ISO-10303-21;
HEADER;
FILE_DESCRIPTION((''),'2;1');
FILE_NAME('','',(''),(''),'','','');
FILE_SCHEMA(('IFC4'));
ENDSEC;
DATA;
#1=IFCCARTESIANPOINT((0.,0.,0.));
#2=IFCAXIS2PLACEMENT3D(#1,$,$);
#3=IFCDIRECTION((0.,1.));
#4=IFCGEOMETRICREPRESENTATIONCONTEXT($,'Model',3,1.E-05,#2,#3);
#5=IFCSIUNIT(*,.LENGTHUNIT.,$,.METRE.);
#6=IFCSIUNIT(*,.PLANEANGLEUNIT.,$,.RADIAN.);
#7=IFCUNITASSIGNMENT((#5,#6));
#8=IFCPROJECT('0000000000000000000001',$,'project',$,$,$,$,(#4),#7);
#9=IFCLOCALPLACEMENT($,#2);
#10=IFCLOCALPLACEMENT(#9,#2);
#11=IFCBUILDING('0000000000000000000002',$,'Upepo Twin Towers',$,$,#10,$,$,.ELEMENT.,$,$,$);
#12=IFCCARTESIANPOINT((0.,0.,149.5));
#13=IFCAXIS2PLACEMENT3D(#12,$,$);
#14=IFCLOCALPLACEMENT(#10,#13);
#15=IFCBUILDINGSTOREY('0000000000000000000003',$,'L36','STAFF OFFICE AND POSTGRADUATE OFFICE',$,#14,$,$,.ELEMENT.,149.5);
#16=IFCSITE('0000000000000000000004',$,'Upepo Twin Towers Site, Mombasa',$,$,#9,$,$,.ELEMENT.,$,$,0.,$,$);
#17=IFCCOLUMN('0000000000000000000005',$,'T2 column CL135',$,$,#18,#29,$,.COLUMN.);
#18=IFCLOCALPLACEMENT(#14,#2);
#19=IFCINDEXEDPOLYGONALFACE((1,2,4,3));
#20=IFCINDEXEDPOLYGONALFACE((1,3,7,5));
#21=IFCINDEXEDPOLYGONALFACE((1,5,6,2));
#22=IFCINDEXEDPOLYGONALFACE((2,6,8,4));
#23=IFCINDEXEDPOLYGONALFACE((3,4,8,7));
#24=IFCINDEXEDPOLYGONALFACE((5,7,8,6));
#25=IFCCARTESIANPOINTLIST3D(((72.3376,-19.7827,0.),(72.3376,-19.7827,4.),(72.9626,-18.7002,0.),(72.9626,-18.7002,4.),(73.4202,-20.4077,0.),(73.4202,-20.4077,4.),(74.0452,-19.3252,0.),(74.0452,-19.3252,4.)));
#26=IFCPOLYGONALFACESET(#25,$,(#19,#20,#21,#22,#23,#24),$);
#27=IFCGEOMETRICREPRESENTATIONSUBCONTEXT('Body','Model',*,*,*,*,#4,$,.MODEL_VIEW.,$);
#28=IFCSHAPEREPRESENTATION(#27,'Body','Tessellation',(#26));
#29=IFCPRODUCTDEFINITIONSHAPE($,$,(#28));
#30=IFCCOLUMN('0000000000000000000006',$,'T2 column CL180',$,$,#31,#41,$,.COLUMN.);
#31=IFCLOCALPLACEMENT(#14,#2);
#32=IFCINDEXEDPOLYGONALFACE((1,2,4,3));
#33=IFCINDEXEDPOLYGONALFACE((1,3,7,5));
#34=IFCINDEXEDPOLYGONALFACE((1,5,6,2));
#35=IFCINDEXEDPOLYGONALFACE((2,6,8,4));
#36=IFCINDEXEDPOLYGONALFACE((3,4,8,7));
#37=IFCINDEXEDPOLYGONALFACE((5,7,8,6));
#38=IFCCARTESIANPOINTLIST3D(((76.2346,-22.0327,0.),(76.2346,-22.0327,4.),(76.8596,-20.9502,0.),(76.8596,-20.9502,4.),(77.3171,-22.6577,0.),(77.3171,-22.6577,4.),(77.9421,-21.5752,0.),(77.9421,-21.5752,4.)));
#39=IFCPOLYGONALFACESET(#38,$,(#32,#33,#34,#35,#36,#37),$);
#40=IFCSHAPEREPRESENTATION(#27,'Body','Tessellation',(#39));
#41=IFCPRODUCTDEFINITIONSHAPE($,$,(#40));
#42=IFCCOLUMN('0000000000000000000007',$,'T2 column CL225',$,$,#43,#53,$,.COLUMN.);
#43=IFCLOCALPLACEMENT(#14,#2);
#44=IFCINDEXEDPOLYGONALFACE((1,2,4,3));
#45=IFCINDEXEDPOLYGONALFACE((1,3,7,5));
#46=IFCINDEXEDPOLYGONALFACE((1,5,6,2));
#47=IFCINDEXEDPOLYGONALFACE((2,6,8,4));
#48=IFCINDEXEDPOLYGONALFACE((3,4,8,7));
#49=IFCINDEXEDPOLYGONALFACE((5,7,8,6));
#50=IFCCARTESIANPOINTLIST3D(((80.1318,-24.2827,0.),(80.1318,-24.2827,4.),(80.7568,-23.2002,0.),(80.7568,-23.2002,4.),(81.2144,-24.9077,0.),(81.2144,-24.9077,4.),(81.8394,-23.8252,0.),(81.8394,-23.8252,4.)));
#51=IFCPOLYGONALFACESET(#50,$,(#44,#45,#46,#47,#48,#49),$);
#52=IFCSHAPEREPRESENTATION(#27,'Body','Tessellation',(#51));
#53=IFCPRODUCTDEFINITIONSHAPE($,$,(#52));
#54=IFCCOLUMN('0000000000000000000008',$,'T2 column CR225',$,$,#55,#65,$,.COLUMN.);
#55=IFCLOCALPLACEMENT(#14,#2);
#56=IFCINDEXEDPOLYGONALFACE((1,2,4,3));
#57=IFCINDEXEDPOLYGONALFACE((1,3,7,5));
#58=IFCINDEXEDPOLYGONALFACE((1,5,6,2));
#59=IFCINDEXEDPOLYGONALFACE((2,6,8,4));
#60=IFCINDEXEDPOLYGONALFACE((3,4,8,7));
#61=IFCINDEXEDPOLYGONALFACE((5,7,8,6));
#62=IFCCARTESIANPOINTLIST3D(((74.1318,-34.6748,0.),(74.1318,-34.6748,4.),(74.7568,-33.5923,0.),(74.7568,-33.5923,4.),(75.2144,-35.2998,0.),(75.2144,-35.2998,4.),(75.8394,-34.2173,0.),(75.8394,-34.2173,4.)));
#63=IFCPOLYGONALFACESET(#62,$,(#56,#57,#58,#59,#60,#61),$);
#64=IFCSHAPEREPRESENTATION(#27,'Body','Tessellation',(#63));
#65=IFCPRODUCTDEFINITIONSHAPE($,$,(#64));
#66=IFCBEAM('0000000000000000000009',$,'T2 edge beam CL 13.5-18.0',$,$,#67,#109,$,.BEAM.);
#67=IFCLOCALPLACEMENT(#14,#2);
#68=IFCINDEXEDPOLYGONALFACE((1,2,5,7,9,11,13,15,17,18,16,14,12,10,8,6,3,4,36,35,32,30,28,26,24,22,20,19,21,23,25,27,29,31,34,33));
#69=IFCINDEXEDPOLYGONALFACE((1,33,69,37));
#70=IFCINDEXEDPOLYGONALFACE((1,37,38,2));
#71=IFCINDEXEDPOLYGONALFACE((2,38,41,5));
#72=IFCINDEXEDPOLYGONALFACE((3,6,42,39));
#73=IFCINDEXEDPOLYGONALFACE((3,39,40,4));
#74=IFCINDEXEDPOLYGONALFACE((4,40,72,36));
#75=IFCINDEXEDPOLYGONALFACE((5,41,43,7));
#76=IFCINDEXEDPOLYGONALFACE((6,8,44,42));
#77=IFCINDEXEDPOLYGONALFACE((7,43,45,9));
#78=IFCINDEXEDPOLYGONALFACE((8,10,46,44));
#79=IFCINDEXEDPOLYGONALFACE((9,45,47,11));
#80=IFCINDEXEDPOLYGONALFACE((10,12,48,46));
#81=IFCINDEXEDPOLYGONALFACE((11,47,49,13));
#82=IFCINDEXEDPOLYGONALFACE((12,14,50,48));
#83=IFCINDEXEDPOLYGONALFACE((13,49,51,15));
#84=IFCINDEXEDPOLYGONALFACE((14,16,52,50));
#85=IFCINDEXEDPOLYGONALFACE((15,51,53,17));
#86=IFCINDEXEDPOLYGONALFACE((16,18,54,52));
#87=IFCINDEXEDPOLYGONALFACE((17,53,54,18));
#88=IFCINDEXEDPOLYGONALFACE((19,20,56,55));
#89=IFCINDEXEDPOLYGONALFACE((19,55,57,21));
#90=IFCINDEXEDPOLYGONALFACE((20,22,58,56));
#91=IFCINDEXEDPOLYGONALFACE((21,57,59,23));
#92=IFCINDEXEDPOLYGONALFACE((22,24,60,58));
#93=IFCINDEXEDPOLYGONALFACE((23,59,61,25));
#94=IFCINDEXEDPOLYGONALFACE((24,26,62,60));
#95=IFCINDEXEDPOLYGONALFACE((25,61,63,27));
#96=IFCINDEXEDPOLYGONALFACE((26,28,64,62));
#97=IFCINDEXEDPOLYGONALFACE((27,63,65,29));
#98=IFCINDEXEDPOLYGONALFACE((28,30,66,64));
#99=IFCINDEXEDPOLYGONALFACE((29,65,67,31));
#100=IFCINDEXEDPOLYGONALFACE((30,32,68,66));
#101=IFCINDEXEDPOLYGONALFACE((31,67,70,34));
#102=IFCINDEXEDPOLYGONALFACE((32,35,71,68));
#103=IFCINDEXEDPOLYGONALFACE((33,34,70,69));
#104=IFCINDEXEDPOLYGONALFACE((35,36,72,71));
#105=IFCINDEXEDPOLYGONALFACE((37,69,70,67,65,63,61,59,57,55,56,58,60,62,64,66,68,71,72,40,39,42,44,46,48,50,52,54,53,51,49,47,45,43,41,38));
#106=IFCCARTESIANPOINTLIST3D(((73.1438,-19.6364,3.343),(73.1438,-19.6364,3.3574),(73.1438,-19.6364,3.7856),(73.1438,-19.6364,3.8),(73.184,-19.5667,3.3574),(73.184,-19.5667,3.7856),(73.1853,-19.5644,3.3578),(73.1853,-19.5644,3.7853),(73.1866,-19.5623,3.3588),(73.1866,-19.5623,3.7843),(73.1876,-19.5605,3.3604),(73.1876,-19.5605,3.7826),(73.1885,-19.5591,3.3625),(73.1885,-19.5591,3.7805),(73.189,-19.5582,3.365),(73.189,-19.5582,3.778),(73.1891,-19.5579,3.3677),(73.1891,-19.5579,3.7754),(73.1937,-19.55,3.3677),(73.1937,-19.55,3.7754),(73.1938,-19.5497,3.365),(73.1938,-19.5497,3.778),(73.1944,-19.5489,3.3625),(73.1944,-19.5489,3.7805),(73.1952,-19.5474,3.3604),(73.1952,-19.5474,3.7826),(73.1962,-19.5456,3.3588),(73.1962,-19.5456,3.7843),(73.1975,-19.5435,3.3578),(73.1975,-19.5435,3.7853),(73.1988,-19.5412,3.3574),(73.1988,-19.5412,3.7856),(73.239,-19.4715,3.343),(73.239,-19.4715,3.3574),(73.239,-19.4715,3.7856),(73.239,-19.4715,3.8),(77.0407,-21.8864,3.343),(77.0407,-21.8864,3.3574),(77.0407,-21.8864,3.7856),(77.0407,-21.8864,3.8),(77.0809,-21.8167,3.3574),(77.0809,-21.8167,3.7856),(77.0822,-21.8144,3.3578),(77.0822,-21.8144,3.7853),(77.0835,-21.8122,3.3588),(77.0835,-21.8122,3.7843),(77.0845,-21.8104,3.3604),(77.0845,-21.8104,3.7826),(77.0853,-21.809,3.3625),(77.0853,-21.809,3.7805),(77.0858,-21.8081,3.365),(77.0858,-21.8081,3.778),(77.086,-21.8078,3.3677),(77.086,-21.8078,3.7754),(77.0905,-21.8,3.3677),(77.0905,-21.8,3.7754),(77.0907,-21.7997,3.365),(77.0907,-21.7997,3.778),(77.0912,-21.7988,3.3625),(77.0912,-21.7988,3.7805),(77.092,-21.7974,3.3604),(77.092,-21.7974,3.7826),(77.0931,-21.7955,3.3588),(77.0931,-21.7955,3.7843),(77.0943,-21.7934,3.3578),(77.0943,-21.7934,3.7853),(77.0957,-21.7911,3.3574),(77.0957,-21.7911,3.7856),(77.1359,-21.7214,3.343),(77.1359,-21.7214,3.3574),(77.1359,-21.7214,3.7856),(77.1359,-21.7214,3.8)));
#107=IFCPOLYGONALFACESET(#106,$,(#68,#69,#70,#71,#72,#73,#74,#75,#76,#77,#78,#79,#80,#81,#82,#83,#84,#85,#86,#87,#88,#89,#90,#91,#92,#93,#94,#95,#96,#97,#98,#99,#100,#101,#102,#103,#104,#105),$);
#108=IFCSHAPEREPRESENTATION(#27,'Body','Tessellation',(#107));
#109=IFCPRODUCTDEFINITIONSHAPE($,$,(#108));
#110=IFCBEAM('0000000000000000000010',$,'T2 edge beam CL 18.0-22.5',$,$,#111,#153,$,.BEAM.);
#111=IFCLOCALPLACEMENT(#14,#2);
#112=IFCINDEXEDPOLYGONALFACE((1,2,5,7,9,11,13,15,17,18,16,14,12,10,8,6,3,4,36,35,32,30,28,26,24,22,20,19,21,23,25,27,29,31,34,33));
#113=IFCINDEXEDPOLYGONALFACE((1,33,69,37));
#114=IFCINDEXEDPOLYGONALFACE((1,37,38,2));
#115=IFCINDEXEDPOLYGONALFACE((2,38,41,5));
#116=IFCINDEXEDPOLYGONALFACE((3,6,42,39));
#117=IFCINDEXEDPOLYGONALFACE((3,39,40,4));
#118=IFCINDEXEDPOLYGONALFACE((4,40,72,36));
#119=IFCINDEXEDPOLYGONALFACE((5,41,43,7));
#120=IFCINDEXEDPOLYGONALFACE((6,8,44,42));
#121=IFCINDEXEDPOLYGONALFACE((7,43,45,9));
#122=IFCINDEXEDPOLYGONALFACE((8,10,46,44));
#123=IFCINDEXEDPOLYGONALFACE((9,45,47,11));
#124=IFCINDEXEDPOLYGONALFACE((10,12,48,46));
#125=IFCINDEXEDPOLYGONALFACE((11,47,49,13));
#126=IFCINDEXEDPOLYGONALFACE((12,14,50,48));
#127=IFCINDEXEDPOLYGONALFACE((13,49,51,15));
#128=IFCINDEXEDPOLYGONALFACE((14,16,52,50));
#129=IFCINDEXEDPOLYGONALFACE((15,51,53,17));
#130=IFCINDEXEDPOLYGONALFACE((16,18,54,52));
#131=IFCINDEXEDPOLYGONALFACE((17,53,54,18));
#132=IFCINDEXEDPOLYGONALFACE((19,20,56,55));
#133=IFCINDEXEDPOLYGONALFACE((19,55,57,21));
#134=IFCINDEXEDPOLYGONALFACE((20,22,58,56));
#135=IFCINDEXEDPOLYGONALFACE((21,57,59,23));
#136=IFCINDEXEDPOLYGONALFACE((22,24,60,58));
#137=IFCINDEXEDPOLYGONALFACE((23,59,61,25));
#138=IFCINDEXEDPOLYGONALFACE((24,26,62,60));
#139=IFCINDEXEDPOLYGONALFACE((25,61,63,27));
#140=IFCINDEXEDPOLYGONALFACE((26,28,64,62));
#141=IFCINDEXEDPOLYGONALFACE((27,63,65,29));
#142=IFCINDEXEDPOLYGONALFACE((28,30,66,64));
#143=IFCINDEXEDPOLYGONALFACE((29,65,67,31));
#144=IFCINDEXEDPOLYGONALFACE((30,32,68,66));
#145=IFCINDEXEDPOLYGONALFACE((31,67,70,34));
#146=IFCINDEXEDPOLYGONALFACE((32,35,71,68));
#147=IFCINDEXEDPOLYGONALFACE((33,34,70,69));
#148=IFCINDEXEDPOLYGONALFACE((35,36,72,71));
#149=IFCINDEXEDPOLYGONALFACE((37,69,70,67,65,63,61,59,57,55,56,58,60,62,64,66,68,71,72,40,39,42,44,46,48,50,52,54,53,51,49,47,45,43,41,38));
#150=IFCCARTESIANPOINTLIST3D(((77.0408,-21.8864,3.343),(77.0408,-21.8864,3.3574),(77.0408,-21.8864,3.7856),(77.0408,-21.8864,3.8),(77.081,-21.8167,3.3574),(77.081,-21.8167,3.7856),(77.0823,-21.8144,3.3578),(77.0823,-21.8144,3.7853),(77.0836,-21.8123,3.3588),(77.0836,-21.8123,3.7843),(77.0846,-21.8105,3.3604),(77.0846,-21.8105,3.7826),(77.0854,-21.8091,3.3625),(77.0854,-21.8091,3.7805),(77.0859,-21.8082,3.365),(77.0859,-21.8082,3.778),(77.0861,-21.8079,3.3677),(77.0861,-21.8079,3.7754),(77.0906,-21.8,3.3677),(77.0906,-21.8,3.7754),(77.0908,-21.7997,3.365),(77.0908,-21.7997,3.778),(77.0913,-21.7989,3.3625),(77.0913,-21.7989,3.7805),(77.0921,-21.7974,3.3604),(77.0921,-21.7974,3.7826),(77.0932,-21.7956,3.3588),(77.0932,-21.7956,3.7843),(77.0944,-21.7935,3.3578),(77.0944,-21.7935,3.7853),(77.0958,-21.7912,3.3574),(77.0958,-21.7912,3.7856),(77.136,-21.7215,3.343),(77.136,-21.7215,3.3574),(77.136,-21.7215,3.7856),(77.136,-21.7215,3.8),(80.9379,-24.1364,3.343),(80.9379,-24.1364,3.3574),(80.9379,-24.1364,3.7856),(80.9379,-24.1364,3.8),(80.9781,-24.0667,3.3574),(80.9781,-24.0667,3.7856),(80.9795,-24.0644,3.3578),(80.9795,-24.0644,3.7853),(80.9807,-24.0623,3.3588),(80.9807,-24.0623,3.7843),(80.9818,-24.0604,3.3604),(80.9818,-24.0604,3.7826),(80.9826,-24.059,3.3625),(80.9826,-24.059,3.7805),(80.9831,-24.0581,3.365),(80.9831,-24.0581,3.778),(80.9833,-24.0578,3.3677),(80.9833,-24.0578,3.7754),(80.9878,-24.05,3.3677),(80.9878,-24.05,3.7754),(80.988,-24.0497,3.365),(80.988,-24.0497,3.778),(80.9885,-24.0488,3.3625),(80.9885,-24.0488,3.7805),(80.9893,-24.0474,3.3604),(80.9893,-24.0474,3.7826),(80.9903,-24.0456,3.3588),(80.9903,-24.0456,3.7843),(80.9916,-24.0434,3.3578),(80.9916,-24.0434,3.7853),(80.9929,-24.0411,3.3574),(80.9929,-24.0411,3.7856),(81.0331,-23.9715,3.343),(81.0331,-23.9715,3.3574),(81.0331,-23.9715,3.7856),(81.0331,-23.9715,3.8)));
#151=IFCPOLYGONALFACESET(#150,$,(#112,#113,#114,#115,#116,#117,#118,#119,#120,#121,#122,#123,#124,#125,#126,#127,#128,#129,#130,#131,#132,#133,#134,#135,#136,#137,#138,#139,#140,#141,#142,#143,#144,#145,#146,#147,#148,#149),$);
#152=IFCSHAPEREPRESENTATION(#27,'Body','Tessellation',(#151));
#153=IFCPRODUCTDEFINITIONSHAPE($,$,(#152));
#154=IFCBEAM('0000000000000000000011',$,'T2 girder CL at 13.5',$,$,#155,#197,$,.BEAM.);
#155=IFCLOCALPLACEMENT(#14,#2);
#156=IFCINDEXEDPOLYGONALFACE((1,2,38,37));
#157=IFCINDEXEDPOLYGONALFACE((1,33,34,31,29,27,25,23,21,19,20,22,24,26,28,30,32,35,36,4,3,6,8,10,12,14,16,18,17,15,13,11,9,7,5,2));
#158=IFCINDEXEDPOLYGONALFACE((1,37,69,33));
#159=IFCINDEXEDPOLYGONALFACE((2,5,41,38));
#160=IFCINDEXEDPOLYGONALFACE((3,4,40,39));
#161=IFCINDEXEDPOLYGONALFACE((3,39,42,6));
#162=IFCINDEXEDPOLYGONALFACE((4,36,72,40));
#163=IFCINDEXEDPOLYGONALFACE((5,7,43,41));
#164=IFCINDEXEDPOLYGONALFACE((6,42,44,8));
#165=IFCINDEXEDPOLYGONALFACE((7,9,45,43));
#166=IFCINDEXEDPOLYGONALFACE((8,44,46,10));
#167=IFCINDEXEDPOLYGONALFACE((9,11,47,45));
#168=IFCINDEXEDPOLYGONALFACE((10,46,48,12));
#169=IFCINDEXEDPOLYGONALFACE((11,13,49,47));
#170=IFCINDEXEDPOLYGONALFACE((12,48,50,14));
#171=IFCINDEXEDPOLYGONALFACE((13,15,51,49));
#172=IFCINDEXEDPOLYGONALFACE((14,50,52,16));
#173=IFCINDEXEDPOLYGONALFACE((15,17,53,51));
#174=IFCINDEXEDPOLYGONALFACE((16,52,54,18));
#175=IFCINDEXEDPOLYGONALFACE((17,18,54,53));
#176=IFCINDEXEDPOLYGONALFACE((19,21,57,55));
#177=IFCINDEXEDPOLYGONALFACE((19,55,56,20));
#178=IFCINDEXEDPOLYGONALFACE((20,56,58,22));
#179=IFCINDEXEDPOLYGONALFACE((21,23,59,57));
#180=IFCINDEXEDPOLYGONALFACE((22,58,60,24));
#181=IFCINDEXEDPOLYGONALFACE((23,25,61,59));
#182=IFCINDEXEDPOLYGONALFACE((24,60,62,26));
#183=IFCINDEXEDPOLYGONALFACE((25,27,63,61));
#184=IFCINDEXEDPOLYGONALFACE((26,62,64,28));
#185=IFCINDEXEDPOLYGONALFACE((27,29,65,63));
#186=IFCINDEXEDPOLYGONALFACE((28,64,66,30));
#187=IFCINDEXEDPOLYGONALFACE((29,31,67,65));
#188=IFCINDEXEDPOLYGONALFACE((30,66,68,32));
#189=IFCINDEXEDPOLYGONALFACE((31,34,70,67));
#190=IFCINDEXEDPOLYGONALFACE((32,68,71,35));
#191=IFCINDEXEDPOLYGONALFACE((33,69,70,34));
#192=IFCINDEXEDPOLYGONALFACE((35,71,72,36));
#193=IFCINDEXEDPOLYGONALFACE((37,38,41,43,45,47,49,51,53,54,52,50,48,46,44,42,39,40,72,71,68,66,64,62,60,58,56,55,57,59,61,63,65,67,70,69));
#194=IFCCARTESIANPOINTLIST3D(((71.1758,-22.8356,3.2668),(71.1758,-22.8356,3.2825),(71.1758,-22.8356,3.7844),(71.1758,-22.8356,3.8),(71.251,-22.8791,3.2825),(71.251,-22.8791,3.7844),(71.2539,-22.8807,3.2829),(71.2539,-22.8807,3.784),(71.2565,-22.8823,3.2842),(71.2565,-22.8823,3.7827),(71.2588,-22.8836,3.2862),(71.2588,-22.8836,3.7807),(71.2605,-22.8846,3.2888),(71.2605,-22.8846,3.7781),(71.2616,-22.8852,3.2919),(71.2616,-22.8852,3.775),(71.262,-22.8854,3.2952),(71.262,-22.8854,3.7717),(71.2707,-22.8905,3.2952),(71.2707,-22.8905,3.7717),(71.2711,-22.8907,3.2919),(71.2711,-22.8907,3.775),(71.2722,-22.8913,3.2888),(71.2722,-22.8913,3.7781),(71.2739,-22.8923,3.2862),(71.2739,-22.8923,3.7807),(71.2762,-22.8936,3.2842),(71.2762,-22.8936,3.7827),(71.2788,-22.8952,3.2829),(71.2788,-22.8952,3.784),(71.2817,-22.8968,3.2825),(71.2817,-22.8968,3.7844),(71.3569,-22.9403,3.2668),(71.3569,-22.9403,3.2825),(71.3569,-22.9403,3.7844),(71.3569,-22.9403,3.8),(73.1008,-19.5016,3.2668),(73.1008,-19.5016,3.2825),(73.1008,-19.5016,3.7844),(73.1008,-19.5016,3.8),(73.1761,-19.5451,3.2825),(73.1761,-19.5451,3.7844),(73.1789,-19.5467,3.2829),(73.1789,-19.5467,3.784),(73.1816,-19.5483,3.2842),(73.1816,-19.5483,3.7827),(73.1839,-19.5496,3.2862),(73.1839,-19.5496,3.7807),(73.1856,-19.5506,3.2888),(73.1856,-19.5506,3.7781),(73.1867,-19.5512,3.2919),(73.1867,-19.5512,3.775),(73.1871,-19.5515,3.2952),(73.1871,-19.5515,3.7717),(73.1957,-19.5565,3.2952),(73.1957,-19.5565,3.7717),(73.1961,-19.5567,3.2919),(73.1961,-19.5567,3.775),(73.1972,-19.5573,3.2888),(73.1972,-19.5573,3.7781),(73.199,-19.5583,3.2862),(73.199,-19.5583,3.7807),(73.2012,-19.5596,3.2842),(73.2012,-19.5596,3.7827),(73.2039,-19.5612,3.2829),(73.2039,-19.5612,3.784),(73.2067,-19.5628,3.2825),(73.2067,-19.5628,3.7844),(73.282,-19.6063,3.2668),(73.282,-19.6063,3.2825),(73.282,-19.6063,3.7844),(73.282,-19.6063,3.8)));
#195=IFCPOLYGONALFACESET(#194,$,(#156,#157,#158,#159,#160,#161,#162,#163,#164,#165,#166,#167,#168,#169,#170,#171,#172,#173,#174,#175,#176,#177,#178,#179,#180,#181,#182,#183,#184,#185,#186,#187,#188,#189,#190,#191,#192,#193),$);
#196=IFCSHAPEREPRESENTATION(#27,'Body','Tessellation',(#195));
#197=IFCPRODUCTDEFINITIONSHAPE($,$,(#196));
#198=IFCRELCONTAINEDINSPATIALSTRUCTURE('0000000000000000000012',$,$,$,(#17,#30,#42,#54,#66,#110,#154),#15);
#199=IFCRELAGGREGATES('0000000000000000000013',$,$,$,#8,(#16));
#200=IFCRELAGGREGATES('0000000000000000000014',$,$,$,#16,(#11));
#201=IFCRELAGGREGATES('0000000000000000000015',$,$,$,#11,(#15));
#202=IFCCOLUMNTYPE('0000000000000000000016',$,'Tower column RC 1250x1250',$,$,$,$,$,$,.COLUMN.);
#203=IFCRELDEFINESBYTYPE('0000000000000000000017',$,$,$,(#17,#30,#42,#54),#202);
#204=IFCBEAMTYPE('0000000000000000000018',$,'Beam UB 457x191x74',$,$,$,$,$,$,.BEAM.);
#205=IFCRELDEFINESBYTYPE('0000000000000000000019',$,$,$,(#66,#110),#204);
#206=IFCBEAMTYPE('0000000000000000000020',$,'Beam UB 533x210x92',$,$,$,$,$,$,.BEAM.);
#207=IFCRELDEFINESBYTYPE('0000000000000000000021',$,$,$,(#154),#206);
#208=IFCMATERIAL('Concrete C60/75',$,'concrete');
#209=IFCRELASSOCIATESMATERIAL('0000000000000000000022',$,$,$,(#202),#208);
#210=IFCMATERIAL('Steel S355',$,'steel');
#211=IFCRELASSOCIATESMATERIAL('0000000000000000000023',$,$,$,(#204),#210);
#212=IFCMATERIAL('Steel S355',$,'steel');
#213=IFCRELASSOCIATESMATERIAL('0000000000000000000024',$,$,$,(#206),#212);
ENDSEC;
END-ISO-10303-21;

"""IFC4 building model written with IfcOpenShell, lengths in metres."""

from ifc_helpers import new_model, si_unit, direction, frame, origin, origin_2d, place, context, subcontext, project, spatial, rectangle, i_section, extrude, material, material_profile, profile_set, type_object, element, save


model = new_model("IFC4")

# Units and contexts
model_context = context("Model", 3, precision=1e-05, world=origin(), true_north=direction((0.0, 1.0)))
body_context = subcontext(model_context, "Body", "Model", "MODEL_VIEW")
ifc_project = project(units=[si_unit("LENGTHUNIT", "METRE"), si_unit("PLANEANGLEUNIT", "RADIAN")], contexts=[model_context])

# Site, building, storey
site_placement = place(None, origin())
site = spatial("IfcSite", under=ifc_project, at=site_placement, Name="Upepo Twin Towers Site, Mombasa", CompositionType="ELEMENT", RefElevation=0.0)
building_placement = place(site_placement, origin())
building = spatial("IfcBuilding", under=site, at=building_placement, Name="Upepo Twin Towers", CompositionType="ELEMENT")
storey_placement = place(building_placement, frame((0.0, 0.0, 149.5)))
storey = spatial("IfcBuildingStorey", under=building, at=storey_placement, Name="L36", Description="STAFF OFFICE AND POSTGRADUATE OFFICE", CompositionType="ELEMENT", Elevation=149.5)

# Columns
ifc_material_1 = material(Name="Concrete C60/75", Category="concrete")
ifc_material_profile_1 = material_profile(ifc_material_1, rectangle(XDim=1.25, YDim=1.25, at=origin_2d()), Name="RC 1250x1250")
ifc_profile_set_1 = profile_set([ifc_material_profile_1], Name="Concrete C60/75")
column_type = type_object("IfcColumnType", Name="Tower column RC 1250x1250", PredefinedType="COLUMN", material=ifc_profile_set_1)
for number, where, z_axis, x_axis, name in (
    (1, (73.1914, -19.554, 0.0), (0.0, 0.0, 1.0), (0.5, 0.866025, 0.0), "T2 column CL135"),
    (2, (77.0884, -21.804, 0.0), (0.0, 0.0, 1.0), (0.5, 0.866025, 0.0), "T2 column CL180"),
    (3, (80.9856, -24.054, 0.0), (0.0, 0.0, 1.0), (0.5, 0.866025, 0.0), "T2 column CL225"),
    (4, (74.9856, -34.446, 0.0), (0.0, 0.0, 1.0), (0.5, 0.866025, 0.0), "T2 column CR225"),
):
    element("IfcColumn", number, at=place(storey_placement, frame(where, z_axis=z_axis, x_axis=x_axis)), inside=storey, type_object=column_type, Name=name, PredefinedType="COLUMN", context=body_context, shape_type="SweptSolid", body=[
        extrude(rectangle(XDim=1.25, YDim=1.25, at=origin_2d()), origin(), (0.0, 0.0, 1.0), 4.0),
    ])

# Beams
ifc_material_2 = material(Name="Steel S355", Category="steel")
ifc_material_profile_2 = material_profile(ifc_material_2, i_section(OverallWidth=0.1904, OverallDepth=0.457, WebThickness=0.009, FlangeThickness=0.0144, FilletRadius=0.0103, at=origin_2d()), Name="UB 457x191x74")
ifc_profile_set_2 = profile_set([ifc_material_profile_2], Name="Steel S355")
beam_type_1 = type_object("IfcBeamType", Name="Beam UB 457x191x74", PredefinedType="BEAM", material=ifc_profile_set_2)
beam_1_placement = place(storey_placement, frame((73.1914, -19.554, 3.5715), z_axis=(0.866018, -0.500014, 0.0), x_axis=(0.500014, 0.866018, 0.0)))
element("IfcBeam", 5, at=beam_1_placement, inside=storey, type_object=beam_type_1, Name="T2 edge beam CL 13.5-18.0", PredefinedType="BEAM", context=body_context, shape_type="SweptSolid", body=[
    extrude(i_section(OverallWidth=0.1904, OverallDepth=0.457, WebThickness=0.009, FlangeThickness=0.0144, FilletRadius=0.0103, at=origin_2d()), origin(), (0.0, 0.0, 1.0), 4.4998),
])
beam_2_placement = place(storey_placement, frame((77.0884, -21.804, 3.5715), z_axis=(0.866031, -0.49999, 0.0), x_axis=(0.49999, 0.866031, 0.0)))
element("IfcBeam", 6, at=beam_2_placement, inside=storey, type_object=beam_type_1, Name="T2 edge beam CL 18.0-22.5", PredefinedType="BEAM", context=body_context, shape_type="SweptSolid", body=[
    extrude(i_section(OverallWidth=0.1904, OverallDepth=0.457, WebThickness=0.009, FlangeThickness=0.0144, FilletRadius=0.0103, at=origin_2d()), origin(), (0.0, 0.0, 1.0), 4.5),
])
ifc_material_3 = material(Name="Steel S355", Category="steel")
ifc_material_profile_3 = material_profile(ifc_material_3, i_section(OverallWidth=0.2092, OverallDepth=0.5332, WebThickness=0.01, FlangeThickness=0.0156, FilletRadius=0.0127, at=origin_2d()), Name="UB 533x210x92")
ifc_profile_set_3 = profile_set([ifc_material_profile_3], Name="Steel S355")
beam_type_2 = type_object("IfcBeamType", Name="Beam UB 533x210x92", PredefinedType="BEAM", material=ifc_profile_set_3)
beam_3_placement = place(storey_placement, frame((73.1914, -19.554, 3.5334), z_axis=(-0.500034, -0.866006, 0.0), x_axis=(0.866006, -0.500034, 0.0)))
element("IfcBeam", 7, at=beam_3_placement, inside=storey, type_object=beam_type_2, Name="T2 girder CL at 13.5", PredefinedType="BEAM", context=body_context, shape_type="SweptSolid", body=[
    extrude(i_section(OverallWidth=0.2092, OverallDepth=0.5332, WebThickness=0.01, FlangeThickness=0.0156, FilletRadius=0.0127, at=origin_2d()), origin(), (0.0, 0.0, 1.0), 3.8499),
])

save(model, "model.ifc")
